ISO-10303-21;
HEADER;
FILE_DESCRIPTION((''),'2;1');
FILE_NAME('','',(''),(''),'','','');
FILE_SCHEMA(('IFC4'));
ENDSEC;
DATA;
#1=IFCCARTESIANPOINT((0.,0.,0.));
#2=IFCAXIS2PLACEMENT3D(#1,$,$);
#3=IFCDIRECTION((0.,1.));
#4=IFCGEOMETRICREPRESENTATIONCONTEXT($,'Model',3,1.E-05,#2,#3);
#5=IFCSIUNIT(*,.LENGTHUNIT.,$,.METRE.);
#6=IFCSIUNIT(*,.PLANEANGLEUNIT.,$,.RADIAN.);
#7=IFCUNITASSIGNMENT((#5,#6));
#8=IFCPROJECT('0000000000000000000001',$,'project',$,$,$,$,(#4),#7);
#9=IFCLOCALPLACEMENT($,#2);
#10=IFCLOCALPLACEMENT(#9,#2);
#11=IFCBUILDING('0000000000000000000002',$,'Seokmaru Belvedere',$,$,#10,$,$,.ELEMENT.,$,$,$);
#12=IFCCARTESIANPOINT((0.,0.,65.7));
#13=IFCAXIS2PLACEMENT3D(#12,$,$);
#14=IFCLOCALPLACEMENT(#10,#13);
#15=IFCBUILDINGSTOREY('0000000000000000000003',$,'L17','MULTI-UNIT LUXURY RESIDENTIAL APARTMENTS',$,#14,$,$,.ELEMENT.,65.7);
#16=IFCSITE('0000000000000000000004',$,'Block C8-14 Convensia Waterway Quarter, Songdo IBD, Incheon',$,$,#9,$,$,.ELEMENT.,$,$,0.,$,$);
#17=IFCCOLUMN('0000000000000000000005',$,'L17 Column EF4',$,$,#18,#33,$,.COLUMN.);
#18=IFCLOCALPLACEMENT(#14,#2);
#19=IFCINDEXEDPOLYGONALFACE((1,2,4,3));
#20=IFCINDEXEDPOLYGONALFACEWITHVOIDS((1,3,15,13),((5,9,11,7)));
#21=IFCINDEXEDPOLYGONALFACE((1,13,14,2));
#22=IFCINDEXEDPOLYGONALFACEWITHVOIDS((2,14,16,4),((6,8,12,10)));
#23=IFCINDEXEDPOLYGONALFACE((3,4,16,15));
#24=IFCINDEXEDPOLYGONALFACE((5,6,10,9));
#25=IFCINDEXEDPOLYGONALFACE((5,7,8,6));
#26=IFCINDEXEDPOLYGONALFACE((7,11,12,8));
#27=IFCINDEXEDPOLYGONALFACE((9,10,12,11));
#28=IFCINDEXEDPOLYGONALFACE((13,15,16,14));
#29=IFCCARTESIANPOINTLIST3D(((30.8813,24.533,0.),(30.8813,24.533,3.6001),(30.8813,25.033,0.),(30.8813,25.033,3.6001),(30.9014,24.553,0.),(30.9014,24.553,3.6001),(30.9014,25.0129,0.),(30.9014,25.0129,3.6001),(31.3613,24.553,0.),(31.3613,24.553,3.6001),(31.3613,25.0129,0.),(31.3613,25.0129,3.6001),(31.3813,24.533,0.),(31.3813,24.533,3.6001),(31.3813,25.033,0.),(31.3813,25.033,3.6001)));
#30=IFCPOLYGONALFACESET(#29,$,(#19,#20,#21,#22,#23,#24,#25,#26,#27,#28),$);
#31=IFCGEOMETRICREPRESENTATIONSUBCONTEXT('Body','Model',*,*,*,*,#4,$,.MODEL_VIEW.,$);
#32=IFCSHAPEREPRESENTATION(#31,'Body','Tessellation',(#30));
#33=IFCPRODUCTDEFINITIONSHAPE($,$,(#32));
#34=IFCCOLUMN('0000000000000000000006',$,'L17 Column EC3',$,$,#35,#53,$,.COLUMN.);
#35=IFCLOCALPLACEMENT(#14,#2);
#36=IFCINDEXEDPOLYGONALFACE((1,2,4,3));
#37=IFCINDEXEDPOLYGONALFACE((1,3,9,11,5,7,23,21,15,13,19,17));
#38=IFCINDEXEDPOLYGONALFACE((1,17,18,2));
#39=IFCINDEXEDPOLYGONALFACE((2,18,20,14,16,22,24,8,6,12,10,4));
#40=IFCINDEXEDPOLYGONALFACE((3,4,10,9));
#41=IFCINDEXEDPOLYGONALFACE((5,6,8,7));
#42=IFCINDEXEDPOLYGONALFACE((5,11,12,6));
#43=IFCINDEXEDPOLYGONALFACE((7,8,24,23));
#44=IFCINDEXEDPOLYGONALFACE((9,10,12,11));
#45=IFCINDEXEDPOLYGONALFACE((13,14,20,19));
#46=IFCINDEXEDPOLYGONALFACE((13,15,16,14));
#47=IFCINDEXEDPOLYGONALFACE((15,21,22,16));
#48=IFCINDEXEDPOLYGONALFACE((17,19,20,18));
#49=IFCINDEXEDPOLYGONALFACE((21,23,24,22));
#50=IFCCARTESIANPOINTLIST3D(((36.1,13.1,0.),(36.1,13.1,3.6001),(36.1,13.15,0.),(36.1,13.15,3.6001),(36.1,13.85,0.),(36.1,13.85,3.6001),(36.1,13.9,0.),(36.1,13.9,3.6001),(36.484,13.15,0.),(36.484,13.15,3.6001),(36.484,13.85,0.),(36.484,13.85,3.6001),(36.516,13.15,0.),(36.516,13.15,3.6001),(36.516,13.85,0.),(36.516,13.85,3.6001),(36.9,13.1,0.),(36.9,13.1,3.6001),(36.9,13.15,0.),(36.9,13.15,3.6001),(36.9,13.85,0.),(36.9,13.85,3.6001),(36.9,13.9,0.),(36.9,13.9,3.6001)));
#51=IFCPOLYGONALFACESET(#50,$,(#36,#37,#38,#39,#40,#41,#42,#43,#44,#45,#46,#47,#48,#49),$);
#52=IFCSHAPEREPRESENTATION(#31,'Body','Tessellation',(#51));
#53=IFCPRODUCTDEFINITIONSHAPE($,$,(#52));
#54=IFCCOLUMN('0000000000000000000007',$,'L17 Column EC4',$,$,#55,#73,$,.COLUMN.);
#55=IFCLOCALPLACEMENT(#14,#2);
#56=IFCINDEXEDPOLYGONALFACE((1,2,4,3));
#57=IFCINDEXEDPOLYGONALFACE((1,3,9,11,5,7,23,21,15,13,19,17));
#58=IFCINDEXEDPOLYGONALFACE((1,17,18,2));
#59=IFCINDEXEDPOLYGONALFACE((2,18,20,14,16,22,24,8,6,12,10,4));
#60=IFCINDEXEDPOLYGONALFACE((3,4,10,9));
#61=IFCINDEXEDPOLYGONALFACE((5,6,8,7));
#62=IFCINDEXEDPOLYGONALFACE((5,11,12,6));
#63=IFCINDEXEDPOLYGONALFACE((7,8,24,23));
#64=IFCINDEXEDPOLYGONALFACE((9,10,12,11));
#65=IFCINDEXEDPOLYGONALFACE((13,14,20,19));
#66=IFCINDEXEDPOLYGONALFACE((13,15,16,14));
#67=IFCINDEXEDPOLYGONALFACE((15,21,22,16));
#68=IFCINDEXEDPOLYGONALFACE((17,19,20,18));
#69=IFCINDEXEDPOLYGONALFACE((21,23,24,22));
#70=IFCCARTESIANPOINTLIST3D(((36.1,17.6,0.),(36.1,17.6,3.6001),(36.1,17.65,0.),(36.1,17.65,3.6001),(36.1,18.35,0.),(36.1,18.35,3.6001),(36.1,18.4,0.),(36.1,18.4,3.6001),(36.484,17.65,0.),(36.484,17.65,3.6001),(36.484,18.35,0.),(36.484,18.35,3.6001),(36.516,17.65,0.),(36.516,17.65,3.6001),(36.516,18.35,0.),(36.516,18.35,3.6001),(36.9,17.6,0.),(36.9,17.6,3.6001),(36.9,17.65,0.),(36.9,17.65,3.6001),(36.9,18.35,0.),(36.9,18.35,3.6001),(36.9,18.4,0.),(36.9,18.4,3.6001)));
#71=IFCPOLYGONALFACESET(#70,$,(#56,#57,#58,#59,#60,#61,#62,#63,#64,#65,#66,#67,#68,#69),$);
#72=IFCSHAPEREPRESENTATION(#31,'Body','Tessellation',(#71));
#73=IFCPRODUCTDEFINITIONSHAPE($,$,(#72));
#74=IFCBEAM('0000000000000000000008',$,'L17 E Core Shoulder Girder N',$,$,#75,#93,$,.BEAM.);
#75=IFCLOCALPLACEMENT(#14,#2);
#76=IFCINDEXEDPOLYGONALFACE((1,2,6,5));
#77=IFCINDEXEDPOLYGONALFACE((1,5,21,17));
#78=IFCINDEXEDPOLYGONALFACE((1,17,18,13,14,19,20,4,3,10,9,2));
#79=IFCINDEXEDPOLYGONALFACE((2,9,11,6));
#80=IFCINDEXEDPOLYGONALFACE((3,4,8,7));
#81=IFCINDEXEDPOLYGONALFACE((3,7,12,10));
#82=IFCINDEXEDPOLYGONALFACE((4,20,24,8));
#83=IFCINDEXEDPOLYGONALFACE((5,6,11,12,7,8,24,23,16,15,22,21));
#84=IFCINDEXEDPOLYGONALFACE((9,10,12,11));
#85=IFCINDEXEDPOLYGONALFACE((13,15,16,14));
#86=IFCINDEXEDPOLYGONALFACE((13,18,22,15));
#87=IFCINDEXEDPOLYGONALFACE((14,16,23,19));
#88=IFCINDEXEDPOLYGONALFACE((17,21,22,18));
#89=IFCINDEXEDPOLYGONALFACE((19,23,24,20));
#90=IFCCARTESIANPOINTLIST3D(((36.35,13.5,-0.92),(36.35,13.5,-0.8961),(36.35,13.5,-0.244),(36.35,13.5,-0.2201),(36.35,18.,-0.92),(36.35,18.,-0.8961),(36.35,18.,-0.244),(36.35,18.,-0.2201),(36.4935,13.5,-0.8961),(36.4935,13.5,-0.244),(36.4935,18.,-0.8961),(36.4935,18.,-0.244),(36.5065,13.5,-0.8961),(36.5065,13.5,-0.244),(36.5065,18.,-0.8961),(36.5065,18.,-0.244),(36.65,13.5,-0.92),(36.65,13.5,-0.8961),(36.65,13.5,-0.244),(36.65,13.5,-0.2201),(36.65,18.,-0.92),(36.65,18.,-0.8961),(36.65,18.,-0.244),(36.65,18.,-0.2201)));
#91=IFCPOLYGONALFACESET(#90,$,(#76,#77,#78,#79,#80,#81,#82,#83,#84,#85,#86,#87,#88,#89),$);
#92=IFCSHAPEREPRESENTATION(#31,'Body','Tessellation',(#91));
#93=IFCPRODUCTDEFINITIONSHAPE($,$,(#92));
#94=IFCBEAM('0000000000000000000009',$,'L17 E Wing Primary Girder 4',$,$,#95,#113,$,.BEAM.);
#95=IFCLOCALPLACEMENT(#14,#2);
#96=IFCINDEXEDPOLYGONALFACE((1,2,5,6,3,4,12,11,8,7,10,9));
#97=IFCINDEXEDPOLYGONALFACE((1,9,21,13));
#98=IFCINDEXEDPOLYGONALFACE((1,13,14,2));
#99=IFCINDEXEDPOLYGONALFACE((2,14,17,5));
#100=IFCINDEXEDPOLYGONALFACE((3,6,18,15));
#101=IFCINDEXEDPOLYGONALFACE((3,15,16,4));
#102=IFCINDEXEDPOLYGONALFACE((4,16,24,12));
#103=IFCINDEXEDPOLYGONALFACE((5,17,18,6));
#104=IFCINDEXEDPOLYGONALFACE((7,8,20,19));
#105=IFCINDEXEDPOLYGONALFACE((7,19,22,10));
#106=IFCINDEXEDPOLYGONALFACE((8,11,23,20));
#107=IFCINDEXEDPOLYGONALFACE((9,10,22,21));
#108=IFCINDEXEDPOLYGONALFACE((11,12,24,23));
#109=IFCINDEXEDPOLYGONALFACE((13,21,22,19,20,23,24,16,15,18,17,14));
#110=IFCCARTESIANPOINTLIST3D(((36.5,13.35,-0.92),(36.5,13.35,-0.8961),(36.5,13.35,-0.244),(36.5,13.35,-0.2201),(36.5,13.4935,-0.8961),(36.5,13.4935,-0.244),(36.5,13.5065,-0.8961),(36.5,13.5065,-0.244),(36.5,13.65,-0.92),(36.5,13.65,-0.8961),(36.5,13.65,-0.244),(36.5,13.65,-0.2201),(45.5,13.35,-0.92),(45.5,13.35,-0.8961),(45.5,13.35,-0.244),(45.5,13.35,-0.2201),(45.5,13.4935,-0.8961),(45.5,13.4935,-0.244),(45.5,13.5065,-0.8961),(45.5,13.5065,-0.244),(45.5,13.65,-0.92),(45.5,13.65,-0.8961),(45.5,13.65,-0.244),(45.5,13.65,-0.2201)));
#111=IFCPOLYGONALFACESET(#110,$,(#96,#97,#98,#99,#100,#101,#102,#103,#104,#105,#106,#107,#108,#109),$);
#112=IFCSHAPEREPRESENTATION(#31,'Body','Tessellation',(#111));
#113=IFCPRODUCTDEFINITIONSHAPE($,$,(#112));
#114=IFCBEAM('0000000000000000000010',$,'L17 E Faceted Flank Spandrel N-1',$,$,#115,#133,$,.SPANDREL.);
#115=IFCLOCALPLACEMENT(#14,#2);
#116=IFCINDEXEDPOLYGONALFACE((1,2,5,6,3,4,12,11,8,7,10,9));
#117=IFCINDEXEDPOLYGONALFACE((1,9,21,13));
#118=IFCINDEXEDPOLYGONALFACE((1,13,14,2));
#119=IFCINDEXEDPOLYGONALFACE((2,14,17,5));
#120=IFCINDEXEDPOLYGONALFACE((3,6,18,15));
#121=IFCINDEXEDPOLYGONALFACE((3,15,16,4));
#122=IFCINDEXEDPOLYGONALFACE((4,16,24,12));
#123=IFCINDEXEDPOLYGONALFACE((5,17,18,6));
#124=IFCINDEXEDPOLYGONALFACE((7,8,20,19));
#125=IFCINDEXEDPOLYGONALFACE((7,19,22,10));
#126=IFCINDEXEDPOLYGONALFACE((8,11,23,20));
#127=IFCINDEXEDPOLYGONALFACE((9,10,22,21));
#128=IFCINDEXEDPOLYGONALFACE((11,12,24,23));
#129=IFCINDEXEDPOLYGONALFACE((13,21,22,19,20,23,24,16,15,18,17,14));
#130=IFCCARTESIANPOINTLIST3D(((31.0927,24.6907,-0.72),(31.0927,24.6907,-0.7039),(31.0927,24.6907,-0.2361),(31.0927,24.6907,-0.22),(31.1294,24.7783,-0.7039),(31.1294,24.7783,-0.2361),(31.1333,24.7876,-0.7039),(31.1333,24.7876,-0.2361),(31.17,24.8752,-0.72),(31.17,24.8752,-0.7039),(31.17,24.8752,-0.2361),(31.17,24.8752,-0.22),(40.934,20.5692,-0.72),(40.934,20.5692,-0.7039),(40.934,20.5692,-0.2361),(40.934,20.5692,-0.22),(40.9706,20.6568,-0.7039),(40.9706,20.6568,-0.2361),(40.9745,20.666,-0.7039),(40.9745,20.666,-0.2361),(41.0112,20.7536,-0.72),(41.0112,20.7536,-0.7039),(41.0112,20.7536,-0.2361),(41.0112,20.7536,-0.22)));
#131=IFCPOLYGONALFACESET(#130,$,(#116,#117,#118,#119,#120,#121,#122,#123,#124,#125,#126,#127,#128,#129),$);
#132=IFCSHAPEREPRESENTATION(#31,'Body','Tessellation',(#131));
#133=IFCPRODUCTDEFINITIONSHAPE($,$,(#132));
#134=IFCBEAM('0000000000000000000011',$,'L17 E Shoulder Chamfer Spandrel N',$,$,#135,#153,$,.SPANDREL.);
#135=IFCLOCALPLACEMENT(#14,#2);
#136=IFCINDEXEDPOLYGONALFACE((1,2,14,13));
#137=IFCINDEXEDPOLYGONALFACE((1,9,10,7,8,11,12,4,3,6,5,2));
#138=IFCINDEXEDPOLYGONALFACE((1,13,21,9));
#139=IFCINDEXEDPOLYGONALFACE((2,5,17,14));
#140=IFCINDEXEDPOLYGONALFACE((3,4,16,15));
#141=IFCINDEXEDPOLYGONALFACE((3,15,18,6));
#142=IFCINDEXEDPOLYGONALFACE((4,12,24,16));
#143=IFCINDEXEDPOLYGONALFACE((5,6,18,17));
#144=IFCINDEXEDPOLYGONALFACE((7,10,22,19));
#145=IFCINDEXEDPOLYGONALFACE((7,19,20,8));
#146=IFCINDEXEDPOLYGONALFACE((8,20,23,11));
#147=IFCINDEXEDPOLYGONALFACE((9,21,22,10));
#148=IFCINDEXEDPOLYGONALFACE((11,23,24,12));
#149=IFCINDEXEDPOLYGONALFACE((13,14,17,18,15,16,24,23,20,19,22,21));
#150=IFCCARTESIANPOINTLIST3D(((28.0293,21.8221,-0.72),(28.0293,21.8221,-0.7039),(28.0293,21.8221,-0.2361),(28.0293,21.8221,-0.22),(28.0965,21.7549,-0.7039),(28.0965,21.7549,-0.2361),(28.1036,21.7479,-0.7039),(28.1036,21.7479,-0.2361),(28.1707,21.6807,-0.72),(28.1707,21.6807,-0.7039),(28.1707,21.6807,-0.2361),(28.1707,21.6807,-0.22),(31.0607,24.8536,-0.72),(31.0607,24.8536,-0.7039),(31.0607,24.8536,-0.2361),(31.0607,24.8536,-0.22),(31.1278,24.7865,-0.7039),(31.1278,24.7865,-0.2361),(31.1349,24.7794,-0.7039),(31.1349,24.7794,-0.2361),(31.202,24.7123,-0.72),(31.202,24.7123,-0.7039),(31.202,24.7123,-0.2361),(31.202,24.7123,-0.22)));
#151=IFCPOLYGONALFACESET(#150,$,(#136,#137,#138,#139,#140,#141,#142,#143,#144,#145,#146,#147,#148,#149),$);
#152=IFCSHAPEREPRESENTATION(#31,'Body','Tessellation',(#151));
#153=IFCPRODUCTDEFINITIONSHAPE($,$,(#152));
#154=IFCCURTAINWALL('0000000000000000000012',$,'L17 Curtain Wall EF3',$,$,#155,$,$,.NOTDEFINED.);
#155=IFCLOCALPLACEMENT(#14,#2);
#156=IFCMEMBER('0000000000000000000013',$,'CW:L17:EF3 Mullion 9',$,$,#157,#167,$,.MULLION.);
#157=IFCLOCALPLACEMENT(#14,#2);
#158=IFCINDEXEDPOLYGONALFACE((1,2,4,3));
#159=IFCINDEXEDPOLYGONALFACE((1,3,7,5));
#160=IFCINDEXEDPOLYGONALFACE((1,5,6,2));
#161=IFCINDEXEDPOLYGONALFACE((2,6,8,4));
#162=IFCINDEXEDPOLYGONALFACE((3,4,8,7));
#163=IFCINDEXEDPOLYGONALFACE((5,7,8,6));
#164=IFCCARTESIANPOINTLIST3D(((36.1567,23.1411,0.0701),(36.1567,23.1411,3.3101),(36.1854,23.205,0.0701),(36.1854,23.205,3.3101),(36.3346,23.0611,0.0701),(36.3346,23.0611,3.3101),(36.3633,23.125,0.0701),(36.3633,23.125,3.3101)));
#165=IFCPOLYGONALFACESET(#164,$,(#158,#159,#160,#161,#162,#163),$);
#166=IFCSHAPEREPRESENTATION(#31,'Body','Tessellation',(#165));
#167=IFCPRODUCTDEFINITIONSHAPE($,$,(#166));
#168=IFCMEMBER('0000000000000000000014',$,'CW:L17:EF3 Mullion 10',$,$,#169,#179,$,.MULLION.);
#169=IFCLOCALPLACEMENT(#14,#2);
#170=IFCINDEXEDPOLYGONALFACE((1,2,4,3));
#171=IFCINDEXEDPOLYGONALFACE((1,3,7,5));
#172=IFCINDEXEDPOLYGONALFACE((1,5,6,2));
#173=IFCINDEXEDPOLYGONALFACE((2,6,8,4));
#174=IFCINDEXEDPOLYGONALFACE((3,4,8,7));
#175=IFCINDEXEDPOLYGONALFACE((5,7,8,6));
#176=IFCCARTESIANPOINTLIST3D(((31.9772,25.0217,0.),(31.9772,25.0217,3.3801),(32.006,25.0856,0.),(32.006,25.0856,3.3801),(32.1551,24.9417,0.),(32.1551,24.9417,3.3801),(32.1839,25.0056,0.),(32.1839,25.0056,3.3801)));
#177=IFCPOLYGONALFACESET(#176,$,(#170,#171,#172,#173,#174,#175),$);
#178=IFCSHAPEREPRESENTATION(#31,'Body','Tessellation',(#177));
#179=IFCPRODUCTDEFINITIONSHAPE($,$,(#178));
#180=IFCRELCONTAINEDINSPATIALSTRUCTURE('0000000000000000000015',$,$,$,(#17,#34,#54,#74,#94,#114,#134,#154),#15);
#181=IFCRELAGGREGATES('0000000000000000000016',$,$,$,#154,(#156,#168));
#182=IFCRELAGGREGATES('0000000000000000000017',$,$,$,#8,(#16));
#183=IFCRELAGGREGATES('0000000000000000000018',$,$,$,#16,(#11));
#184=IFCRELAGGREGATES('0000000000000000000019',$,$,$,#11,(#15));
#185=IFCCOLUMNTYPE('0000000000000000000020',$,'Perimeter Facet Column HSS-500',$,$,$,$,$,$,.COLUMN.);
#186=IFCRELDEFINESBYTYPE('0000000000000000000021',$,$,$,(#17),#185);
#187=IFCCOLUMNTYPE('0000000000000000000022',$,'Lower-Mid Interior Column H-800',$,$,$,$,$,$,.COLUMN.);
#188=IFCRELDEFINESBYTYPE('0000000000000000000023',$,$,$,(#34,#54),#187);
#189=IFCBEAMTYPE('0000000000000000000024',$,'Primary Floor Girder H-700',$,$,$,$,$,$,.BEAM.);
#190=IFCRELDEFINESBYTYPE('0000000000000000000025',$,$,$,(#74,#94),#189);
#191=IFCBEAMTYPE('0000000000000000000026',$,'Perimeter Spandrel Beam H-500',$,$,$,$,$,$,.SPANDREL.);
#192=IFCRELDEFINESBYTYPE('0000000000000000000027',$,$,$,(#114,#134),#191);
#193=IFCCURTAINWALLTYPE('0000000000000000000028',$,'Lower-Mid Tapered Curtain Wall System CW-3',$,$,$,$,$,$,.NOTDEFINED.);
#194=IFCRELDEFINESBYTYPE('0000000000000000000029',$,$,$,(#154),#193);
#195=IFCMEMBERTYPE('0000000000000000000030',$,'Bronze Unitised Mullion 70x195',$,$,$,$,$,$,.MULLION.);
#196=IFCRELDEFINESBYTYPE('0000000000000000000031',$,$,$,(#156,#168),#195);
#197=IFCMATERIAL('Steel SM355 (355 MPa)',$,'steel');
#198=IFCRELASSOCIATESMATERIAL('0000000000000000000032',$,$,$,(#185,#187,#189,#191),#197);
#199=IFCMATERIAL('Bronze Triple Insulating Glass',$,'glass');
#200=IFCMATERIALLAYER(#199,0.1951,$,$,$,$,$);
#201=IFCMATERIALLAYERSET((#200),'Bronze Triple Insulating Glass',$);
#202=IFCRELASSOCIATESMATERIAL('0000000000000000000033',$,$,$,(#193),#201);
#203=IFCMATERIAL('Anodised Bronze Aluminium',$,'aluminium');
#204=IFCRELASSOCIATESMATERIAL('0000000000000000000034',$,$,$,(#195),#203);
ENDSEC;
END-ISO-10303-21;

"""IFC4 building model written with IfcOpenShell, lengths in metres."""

from ifc_helpers import new_model, si_unit, direction, frame, origin, origin_2d, place, context, subcontext, project, spatial, rectangle, hollow_rectangle, i_section, extrude, source, transform, mapped, material, layer, layer_set, material_profile, profile_set, type_object, type_shapes, element, aggregate, save


model = new_model("IFC4")

# Units and contexts
model_context = context("Model", 3, precision=1e-05, world=origin(), true_north=direction((0.0, 1.0)))
body_context = subcontext(model_context, "Body", "Model", "MODEL_VIEW")
ifc_project = project(units=[si_unit("LENGTHUNIT", "METRE"), si_unit("PLANEANGLEUNIT", "RADIAN")], contexts=[model_context])

# Site, building, storey
site_placement = place(None, origin())
site = spatial("IfcSite", under=ifc_project, at=site_placement, Name="Block C8-14 Convensia Waterway Quarter, Songdo IBD, Incheon", CompositionType="ELEMENT", RefElevation=0.0)
building_placement = place(site_placement, origin())
building = spatial("IfcBuilding", under=site, at=building_placement, Name="Seokmaru Belvedere", CompositionType="ELEMENT")
storey_placement = place(building_placement, frame((0.0, 0.0, 65.7)))
storey = spatial("IfcBuildingStorey", under=building, at=storey_placement, Name="L17", Description="MULTI-UNIT LUXURY RESIDENTIAL APARTMENTS", CompositionType="ELEMENT", Elevation=65.7)

# Columns
ifc_material_1 = material(Name="Steel SM355 (355 MPa)", Category="steel")
ifc_material_profile_1 = material_profile(ifc_material_1, hollow_rectangle(XDim=0.5, YDim=0.5, WallThickness=0.02, at=origin_2d()), Name="HSS-500x500x20")
ifc_profile_set_1 = profile_set([ifc_material_profile_1], Name="Steel SM355 (355 MPa)")
column_type_1 = type_object("IfcColumnType", Name="Perimeter Facet Column HSS-500", PredefinedType="COLUMN", material=ifc_profile_set_1)
shared_shape_1 = source(origin(), body_context, "Body", "SweptSolid", [
    extrude(hollow_rectangle(XDim=0.5, YDim=0.5, WallThickness=0.02, at=origin_2d()), origin(), (0.0, 0.0, 1.0), 3.6001),
])
type_shapes(column_type_1, [shared_shape_1])
column_placement = place(storey_placement, frame((31.1313, 24.783, 0.0), z_axis=(0.0, 0.0, 1.0), x_axis=(1.0, 0.0, 0.0)))
element("IfcColumn", 1, at=column_placement, inside=storey, type_object=column_type_1, Name="L17 Column EF4", PredefinedType="COLUMN", context=body_context, shape_type="MappedRepresentation", body=[
    mapped(shared_shape_1, transform((0.0, 0.0, 0.0), scale=1.0)),
])
ifc_material_profile_2 = material_profile(ifc_material_1, i_section(OverallWidth=0.8, OverallDepth=0.8, WebThickness=0.032, FlangeThickness=0.05, at=origin_2d()), Name="H-800x800x32x50")
ifc_profile_set_2 = profile_set([ifc_material_profile_2], Name="Steel SM355 (355 MPa)")
column_type_2 = type_object("IfcColumnType", Name="Lower-Mid Interior Column H-800", PredefinedType="COLUMN", material=ifc_profile_set_2)
shared_shape_2 = source(origin(), body_context, "Body", "SweptSolid", [
    extrude(i_section(OverallWidth=0.8, OverallDepth=0.8, WebThickness=0.032, FlangeThickness=0.05, at=origin_2d()), origin(), (0.0, 0.0, 1.0), 3.6001),
])
type_shapes(column_type_2, [shared_shape_2])
for number, where, z_axis, x_axis, name in (
    (2, (36.5, 13.5, 0.0), (0.0, 0.0, 1.0), (1.0, 0.0, 0.0), "L17 Column EC3"),
    (3, (36.5, 18.0, 0.0), (0.0, 0.0, 1.0), (1.0, 0.0, 0.0), "L17 Column EC4"),
):
    element("IfcColumn", number, at=place(storey_placement, frame(where, z_axis=z_axis, x_axis=x_axis)), inside=storey, type_object=column_type_2, Name=name, PredefinedType="COLUMN", context=body_context, shape_type="MappedRepresentation", body=[
        mapped(shared_shape_2, transform((0.0, 0.0, 0.0), scale=1.0)),
    ])

# Beams
ifc_material_profile_3 = material_profile(ifc_material_1, i_section(OverallWidth=0.3, OverallDepth=0.7, WebThickness=0.0129, FlangeThickness=0.0239, at=origin_2d()), Name="H-700x300x13x24")
ifc_profile_set_3 = profile_set([ifc_material_profile_3], Name="Steel SM355 (355 MPa)")
beam_type_1 = type_object("IfcBeamType", Name="Primary Floor Girder H-700", PredefinedType="BEAM", material=ifc_profile_set_3)
shared_shape_3 = source(origin(), body_context, "Body", "SweptSolid", [
    extrude(i_section(OverallWidth=0.3, OverallDepth=0.7, WebThickness=0.0129, FlangeThickness=0.0239, at=origin_2d()), origin(), (0.0, 0.0, 1.0), 4.5),
])
beam_1_placement = place(storey_placement, frame((36.5, 13.5, -0.5701), z_axis=(0.0, 1.0, 0.0), x_axis=(-1.0, 0.0, 0.0)))
element("IfcBeam", 4, at=beam_1_placement, inside=storey, type_object=beam_type_1, Name="L17 E Core Shoulder Girder N", PredefinedType="BEAM", context=body_context, shape_type="MappedRepresentation", body=[
    mapped(shared_shape_3, transform((0.0, 0.0, 0.0), scale=1.0)),
])
shared_shape_4 = source(origin(), body_context, "Body", "SweptSolid", [
    extrude(i_section(OverallWidth=0.3, OverallDepth=0.7, WebThickness=0.0129, FlangeThickness=0.0239, at=origin_2d()), origin(), (0.0, 0.0, 1.0), 9.0),
])
type_shapes(beam_type_1, [shared_shape_3, shared_shape_4])
beam_2_placement = place(storey_placement, frame((36.5, 13.5, -0.5701), z_axis=(1.0, 0.0, 0.0), x_axis=(0.0, 1.0, 0.0)))
element("IfcBeam", 5, at=beam_2_placement, inside=storey, type_object=beam_type_1, Name="L17 E Wing Primary Girder 4", PredefinedType="BEAM", context=body_context, shape_type="MappedRepresentation", body=[
    mapped(shared_shape_4, transform((0.0, 0.0, 0.0), scale=1.0)),
])
ifc_material_profile_4 = material_profile(ifc_material_1, i_section(OverallWidth=0.2, OverallDepth=0.5, WebThickness=0.01, FlangeThickness=0.0161, at=origin_2d()), Name="H-500x200x10x16")
ifc_profile_set_4 = profile_set([ifc_material_profile_4], Name="Steel SM355 (355 MPa)")
beam_type_2 = type_object("IfcBeamType", Name="Perimeter Spandrel Beam H-500", PredefinedType="SPANDREL", material=ifc_profile_set_4)
shared_shape_5 = source(origin(), body_context, "Body", "SweptSolid", [
    extrude(i_section(OverallWidth=0.2, OverallDepth=0.5, WebThickness=0.01, FlangeThickness=0.0161, at=origin_2d()), origin(), (0.0, 0.0, 1.0), 10.6694),
])
beam_3_placement = place(storey_placement, frame((31.1313, 24.783, -0.47), z_axis=(0.922375, -0.386295, 0.0), x_axis=(0.386295, 0.922375, 0.0)))
element("IfcBeam", 6, at=beam_3_placement, inside=storey, type_object=beam_type_2, Name="L17 E Faceted Flank Spandrel N-1", PredefinedType="SPANDREL", context=body_context, shape_type="MappedRepresentation", body=[
    mapped(shared_shape_5, transform((0.0, 0.0, 0.0), scale=1.0)),
])
shared_shape_6 = source(origin(), body_context, "Body", "SweptSolid", [
    extrude(i_section(OverallWidth=0.2, OverallDepth=0.5, WebThickness=0.01, FlangeThickness=0.0161, at=origin_2d()), origin(), (0.0, 0.0, 1.0), 4.2871),
])
type_shapes(beam_type_2, [shared_shape_5, shared_shape_6])
beam_4_placement = place(storey_placement, frame((31.1313, 24.783, -0.47), z_axis=(-0.707078, -0.707135, 0.0), x_axis=(0.707135, -0.707078, 0.0)))
element("IfcBeam", 7, at=beam_4_placement, inside=storey, type_object=beam_type_2, Name="L17 E Shoulder Chamfer Spandrel N", PredefinedType="SPANDREL", context=body_context, shape_type="MappedRepresentation", body=[
    mapped(shared_shape_6, transform((0.0, 0.0, 0.0), scale=1.0)),
])

# Curtain wall, members
ifc_material_2 = material(Name="Bronze Triple Insulating Glass", Category="glass")
ifc_layer_1 = layer(ifc_material_2, 0.1951)
ifc_layer_set_1 = layer_set([ifc_layer_1], Name="Bronze Triple Insulating Glass")
curtain_wall_type = type_object("IfcCurtainWallType", Name="Lower-Mid Tapered Curtain Wall System CW-3", PredefinedType="NOTDEFINED", material=ifc_layer_set_1)
curtain_wall_1_placement = place(storey_placement, origin())
curtain_wall_1 = element("IfcCurtainWall", 8, at=curtain_wall_1_placement, inside=storey, type_object=curtain_wall_type, Name="L17 Curtain Wall EF3", PredefinedType="NOTDEFINED")
ifc_material_3 = material(Name="Anodised Bronze Aluminium", Category="aluminium")
ifc_material_profile_5 = material_profile(ifc_material_3, rectangle(XDim=0.0701, YDim=0.1951, at=origin_2d()), Name="CW-M-70x195")
ifc_profile_set_5 = profile_set([ifc_material_profile_5], Name="Anodised Bronze Aluminium")
member_type = type_object("IfcMemberType", Name="Bronze Unitised Mullion 70x195", PredefinedType="MULLION", material=ifc_profile_set_5)
shared_shape_7 = source(origin(), body_context, "Body", "SweptSolid", [
    extrude(rectangle(XDim=0.0701, YDim=0.1951, at=origin_2d()), origin(), (0.0, 0.0, 1.0), 3.24),
])
member_1_placement = place(storey_placement, frame((36.26, 23.1331, 0.0701), z_axis=(0.0, 0.0, 1.0), x_axis=(-0.410366, -0.911921, 0.0)))
member_1 = element("IfcMember", 9, at=member_1_placement, type_object=member_type, Name="CW:L17:EF3 Mullion 9", PredefinedType="MULLION", context=body_context, shape_type="MappedRepresentation", body=[
    mapped(shared_shape_7, transform((0.0, 0.0, 0.0), scale=1.0)),
])
shared_shape_8 = source(origin(), body_context, "Body", "SweptSolid", [
    extrude(rectangle(XDim=0.0701, YDim=0.1951, at=origin_2d()), origin(), (0.0, 0.0, 1.0), 3.3801),
])
type_shapes(member_type, [shared_shape_7, shared_shape_8])
member_2_placement = place(storey_placement, frame((32.0806, 25.0137, 0.0), z_axis=(0.0, 0.0, 1.0), x_axis=(-0.410366, -0.911921, 0.0)))
member_2 = element("IfcMember", 10, at=member_2_placement, type_object=member_type, Name="CW:L17:EF3 Mullion 10", PredefinedType="MULLION", context=body_context, shape_type="MappedRepresentation", body=[
    mapped(shared_shape_8, transform((0.0, 0.0, 0.0), scale=1.0)),
])

aggregate(curtain_wall_1, [member_1, member_2])

save(model, "model.ifc")
